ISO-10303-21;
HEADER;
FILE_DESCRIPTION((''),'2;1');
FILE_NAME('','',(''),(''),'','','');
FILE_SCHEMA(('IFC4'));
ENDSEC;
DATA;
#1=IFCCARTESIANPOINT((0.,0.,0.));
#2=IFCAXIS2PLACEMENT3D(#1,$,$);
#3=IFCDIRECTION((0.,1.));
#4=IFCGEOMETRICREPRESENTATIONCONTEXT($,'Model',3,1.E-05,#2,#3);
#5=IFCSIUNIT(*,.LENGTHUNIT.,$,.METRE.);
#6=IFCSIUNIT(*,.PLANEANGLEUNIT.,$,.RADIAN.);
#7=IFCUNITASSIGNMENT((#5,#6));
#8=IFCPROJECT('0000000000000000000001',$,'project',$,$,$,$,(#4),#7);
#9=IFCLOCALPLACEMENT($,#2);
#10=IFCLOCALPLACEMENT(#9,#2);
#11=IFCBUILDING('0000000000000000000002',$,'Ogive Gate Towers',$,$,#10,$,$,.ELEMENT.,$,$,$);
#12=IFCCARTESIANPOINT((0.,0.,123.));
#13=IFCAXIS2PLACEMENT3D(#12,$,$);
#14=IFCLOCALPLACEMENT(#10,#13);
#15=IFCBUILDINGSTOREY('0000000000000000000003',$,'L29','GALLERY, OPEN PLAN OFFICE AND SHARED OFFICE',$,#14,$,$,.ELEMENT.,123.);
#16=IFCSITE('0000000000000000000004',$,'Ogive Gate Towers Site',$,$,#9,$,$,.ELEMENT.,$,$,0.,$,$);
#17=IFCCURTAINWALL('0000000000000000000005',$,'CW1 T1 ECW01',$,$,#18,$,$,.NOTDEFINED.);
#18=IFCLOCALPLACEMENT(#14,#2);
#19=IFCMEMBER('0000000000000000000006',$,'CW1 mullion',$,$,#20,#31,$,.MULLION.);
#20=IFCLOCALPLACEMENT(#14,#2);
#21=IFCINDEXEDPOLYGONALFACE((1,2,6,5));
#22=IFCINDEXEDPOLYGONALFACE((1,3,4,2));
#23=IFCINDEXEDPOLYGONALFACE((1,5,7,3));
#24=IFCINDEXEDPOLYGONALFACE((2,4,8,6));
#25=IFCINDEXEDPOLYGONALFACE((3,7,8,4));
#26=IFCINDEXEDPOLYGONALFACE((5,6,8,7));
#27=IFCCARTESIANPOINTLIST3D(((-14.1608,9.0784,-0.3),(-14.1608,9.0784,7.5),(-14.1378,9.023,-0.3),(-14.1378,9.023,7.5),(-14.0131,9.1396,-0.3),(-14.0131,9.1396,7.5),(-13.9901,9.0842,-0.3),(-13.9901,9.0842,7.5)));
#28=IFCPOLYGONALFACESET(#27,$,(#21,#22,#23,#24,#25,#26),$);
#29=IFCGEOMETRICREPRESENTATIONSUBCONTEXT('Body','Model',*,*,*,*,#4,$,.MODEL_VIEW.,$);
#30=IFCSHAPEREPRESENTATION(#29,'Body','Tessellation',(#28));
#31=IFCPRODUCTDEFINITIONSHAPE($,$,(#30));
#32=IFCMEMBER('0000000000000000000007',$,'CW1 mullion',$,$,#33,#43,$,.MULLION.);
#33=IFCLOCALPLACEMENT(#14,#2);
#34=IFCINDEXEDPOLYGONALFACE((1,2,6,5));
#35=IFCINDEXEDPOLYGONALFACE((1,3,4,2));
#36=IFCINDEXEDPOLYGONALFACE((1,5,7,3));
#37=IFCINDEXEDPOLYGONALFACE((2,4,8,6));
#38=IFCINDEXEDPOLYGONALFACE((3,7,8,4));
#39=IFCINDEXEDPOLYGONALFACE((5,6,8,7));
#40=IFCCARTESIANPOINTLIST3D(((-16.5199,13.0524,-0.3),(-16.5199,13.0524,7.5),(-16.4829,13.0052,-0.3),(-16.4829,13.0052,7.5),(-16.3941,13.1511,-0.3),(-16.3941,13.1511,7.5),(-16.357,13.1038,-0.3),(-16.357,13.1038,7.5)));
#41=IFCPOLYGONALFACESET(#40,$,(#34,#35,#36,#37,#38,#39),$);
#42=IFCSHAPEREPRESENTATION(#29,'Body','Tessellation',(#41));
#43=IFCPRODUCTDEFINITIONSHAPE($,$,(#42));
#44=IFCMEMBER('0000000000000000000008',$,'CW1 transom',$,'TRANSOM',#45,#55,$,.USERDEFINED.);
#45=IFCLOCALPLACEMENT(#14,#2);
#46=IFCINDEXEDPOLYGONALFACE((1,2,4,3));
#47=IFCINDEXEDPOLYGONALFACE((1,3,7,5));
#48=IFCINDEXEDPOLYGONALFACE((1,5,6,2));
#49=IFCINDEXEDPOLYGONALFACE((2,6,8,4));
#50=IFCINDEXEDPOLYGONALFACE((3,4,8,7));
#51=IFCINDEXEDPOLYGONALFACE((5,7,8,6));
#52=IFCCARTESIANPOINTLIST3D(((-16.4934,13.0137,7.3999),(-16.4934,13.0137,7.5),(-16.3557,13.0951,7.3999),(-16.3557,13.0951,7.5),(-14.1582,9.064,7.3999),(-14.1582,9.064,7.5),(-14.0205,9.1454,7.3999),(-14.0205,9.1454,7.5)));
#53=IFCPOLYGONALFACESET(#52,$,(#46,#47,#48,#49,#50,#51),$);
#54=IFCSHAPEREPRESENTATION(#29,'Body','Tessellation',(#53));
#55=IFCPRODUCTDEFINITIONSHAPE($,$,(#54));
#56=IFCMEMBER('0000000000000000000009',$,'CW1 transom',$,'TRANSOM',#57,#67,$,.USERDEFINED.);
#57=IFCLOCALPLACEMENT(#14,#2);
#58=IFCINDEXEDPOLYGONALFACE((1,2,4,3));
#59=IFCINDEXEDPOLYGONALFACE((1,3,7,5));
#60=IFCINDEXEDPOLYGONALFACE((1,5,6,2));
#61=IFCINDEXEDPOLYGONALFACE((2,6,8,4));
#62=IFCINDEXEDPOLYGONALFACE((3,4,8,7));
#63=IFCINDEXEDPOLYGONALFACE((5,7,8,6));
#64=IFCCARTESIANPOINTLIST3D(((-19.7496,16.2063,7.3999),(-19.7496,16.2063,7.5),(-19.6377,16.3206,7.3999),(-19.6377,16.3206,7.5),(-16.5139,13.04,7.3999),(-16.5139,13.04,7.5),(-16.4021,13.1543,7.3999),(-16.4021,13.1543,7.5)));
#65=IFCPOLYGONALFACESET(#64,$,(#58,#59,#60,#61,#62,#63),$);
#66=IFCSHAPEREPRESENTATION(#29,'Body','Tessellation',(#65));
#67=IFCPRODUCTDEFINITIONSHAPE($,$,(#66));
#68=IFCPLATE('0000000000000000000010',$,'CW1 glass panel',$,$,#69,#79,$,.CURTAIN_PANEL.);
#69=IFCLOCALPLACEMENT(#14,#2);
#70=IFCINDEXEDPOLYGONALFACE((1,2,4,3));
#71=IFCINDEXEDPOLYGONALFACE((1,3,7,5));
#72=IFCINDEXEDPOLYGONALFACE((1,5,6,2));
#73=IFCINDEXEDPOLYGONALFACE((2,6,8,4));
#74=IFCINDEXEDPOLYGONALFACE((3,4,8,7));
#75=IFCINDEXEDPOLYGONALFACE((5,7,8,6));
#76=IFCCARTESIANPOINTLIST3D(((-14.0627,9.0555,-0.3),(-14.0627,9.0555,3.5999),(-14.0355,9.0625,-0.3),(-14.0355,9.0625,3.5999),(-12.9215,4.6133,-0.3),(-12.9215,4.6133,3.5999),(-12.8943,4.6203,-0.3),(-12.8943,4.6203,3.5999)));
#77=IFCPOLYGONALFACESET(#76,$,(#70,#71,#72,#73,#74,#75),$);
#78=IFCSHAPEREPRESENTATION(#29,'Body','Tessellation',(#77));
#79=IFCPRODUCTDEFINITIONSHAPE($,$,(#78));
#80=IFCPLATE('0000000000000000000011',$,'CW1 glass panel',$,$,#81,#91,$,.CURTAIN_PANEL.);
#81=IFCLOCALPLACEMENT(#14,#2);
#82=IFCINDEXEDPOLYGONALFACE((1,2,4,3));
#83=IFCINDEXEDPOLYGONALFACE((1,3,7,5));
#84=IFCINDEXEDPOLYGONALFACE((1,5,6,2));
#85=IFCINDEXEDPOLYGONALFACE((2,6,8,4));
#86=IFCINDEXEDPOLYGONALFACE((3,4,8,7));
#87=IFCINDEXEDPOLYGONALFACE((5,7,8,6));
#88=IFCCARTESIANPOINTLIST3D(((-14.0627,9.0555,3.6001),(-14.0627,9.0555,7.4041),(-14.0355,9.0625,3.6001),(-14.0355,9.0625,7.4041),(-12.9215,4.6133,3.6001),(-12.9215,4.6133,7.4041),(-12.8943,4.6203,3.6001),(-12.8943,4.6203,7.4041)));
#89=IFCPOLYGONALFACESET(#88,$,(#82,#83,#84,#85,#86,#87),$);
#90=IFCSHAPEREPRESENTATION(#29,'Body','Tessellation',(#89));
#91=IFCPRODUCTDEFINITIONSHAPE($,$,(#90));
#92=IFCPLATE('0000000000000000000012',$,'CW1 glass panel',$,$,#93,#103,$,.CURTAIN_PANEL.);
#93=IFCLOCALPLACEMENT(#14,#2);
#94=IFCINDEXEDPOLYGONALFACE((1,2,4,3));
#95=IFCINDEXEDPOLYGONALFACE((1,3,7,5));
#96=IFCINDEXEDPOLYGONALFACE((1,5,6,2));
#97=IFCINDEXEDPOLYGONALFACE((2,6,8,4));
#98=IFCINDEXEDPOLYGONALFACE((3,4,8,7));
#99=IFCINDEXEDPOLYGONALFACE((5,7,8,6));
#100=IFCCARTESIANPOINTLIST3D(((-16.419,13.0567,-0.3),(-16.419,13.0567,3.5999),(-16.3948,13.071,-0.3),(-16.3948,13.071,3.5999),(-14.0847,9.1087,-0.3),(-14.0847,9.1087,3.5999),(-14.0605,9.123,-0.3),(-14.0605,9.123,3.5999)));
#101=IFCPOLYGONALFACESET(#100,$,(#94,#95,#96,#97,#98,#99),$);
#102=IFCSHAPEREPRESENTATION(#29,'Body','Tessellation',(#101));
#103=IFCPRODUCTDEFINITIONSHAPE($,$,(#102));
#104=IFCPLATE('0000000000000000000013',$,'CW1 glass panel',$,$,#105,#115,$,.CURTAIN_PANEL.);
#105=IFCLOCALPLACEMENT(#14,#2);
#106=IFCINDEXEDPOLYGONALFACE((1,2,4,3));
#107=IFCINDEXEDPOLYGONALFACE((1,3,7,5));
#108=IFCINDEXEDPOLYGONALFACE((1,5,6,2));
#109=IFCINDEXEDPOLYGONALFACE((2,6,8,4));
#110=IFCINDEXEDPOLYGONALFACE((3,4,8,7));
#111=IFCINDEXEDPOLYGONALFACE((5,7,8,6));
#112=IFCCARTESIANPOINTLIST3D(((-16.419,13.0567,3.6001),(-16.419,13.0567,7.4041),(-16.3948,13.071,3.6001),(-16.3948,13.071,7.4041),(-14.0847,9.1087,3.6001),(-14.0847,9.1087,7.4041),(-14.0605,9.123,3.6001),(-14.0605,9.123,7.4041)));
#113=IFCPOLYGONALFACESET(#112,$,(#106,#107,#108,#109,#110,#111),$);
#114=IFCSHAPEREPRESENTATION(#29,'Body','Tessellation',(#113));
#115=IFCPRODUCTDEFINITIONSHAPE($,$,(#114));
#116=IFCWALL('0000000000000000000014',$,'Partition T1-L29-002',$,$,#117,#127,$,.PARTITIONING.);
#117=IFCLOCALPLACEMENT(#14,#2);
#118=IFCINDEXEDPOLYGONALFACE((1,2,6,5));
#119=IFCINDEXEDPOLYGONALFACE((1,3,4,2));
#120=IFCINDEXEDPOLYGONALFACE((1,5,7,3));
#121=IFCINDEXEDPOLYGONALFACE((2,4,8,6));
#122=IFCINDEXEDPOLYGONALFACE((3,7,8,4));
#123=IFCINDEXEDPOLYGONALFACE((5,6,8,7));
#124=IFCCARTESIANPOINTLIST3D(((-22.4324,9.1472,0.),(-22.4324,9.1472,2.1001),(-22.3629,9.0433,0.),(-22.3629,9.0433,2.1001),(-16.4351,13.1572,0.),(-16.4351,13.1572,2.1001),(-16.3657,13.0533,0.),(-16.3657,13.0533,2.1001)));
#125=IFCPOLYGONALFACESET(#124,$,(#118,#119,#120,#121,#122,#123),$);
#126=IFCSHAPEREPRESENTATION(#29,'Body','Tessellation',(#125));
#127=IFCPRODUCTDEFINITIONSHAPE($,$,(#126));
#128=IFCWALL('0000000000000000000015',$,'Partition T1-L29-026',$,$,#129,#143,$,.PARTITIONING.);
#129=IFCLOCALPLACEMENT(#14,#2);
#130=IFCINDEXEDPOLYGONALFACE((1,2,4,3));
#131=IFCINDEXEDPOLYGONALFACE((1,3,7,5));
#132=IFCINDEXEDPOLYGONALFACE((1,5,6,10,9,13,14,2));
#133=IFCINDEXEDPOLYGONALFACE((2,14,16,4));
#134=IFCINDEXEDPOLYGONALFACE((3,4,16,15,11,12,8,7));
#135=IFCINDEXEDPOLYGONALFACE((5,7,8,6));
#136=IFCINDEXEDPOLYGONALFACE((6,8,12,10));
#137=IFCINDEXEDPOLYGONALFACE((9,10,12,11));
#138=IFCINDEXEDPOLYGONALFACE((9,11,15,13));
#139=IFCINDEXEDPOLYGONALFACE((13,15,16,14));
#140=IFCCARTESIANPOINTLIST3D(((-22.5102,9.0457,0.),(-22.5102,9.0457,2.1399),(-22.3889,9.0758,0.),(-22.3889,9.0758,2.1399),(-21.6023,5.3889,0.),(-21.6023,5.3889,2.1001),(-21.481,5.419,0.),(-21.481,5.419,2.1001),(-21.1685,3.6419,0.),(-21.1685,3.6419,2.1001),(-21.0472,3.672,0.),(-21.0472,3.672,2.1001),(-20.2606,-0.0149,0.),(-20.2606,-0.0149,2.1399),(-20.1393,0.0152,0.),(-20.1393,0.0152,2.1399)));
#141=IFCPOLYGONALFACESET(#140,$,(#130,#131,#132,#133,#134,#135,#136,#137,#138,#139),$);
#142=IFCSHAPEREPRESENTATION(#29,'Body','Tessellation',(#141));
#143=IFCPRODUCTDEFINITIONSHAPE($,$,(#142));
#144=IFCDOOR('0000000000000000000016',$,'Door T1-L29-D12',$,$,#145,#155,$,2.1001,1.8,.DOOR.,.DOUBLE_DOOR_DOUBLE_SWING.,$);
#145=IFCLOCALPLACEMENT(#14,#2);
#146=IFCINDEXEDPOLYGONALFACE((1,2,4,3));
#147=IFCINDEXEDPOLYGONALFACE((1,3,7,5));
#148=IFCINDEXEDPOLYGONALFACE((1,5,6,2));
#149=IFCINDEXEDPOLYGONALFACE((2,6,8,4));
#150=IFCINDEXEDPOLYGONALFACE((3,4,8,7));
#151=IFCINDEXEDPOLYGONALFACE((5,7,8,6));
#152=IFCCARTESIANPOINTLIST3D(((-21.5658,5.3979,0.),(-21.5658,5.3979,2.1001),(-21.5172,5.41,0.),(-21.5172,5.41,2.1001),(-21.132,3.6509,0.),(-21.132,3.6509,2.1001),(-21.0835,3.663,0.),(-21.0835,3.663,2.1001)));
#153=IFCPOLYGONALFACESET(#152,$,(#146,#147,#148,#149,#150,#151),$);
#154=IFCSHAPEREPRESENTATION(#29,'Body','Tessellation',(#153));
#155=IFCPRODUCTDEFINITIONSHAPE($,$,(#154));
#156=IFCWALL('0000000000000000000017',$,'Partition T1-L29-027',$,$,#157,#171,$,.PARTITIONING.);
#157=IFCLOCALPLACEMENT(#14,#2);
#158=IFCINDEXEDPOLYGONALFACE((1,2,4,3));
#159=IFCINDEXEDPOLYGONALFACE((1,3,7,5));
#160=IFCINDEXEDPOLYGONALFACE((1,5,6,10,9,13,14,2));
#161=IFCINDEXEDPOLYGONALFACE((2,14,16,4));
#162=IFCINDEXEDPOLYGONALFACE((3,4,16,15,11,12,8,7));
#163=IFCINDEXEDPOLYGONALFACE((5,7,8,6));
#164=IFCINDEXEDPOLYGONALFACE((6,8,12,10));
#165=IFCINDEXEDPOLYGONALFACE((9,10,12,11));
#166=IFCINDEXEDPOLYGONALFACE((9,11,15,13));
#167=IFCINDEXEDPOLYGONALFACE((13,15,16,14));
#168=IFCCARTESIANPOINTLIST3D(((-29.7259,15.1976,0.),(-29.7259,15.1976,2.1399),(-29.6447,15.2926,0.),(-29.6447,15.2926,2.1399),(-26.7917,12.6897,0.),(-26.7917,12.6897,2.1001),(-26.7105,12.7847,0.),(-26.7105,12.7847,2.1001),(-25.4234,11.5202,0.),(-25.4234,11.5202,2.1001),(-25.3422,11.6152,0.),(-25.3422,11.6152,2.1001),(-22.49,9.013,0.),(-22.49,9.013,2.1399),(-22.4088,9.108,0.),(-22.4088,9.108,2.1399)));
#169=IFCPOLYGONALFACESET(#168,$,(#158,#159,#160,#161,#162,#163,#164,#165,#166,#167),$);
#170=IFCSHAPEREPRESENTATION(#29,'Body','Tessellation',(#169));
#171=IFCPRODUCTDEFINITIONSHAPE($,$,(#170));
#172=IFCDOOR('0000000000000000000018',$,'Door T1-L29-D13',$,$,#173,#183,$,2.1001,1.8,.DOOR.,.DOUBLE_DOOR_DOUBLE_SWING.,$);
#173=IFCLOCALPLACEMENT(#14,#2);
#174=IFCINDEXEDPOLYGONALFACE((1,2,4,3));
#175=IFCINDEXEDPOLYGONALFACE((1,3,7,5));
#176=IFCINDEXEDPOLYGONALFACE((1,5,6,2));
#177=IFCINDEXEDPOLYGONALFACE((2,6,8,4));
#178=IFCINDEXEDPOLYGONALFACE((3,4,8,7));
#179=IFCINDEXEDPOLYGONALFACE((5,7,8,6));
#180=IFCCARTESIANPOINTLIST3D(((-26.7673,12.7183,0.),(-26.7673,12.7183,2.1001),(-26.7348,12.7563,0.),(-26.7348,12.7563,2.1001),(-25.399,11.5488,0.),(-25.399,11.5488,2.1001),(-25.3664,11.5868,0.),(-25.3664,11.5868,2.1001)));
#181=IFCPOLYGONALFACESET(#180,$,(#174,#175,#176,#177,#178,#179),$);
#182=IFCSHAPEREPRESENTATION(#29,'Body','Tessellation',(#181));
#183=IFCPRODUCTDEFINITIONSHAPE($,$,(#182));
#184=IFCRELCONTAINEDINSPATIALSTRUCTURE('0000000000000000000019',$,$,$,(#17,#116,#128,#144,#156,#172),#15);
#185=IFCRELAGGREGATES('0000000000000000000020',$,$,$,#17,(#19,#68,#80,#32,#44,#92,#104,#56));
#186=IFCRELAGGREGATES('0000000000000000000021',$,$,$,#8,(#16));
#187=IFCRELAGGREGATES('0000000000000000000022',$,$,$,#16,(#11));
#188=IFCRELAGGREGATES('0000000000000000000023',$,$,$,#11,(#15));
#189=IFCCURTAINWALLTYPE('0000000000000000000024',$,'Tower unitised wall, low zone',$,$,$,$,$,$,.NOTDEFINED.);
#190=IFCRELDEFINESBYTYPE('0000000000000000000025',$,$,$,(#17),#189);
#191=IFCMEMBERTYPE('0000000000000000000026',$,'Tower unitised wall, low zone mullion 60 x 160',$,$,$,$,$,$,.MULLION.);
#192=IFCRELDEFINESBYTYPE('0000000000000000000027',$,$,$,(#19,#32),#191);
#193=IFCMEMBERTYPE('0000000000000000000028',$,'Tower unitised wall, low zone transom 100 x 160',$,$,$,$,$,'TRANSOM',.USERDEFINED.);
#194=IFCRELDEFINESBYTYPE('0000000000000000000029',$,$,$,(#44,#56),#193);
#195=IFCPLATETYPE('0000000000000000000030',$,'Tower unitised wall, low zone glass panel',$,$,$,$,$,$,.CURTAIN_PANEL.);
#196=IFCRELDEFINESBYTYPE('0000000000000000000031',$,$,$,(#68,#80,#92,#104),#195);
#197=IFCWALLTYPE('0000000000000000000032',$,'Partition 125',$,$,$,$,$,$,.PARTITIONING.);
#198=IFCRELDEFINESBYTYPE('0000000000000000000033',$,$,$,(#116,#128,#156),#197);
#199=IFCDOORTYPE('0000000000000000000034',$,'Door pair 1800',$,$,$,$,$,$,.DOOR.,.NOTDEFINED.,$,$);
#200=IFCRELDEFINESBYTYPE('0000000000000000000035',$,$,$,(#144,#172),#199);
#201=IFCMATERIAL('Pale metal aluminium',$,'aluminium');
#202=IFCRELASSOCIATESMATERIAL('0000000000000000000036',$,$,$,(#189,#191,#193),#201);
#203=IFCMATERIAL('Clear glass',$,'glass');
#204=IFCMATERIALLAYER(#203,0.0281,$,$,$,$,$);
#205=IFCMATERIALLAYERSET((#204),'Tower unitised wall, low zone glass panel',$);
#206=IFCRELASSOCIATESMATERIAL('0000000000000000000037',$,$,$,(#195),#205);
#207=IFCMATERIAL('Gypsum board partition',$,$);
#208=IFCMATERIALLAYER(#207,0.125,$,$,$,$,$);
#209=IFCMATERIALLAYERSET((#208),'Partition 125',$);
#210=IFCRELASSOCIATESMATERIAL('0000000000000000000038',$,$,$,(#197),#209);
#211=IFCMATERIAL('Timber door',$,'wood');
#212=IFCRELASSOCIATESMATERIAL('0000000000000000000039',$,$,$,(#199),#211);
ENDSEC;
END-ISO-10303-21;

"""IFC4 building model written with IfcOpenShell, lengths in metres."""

from ifc_helpers import new_model, si_unit, direction, frame, frame_2d, origin, origin_2d, place, context, subcontext, project, spatial, rectangle, extrude, material, layer, layer_set, material_profile, profile_set, type_object, element, fill, aggregate, save


model = new_model("IFC4")

# Units and contexts
model_context = context("Model", 3, precision=1e-05, world=origin(), true_north=direction((0.0, 1.0)))
body_context = subcontext(model_context, "Body", "Model", "MODEL_VIEW")
ifc_project = project(units=[si_unit("LENGTHUNIT", "METRE"), si_unit("PLANEANGLEUNIT", "RADIAN")], contexts=[model_context])

# Site, building, storey
site_placement = place(None, origin())
site = spatial("IfcSite", under=ifc_project, at=site_placement, Name="Ogive Gate Towers Site", CompositionType="ELEMENT", RefElevation=0.0)
building_placement = place(site_placement, origin())
building = spatial("IfcBuilding", under=site, at=building_placement, Name="Ogive Gate Towers", CompositionType="ELEMENT")
storey_placement = place(building_placement, frame((0.0, 0.0, 123.0)))
storey = spatial("IfcBuildingStorey", under=building, at=storey_placement, Name="L29", Description="GALLERY, OPEN PLAN OFFICE AND SHARED OFFICE", CompositionType="ELEMENT", Elevation=123.0)

# Curtain wall, members, plates
ifc_material_1 = material(Name="Pale metal aluminium", Category="aluminium")
curtain_wall_type = type_object("IfcCurtainWallType", Name="Tower unitised wall, low zone", PredefinedType="NOTDEFINED", material=ifc_material_1)
curtain_wall_placement = place(storey_placement, origin())
curtain_wall = element("IfcCurtainWall", 1, at=curtain_wall_placement, inside=storey, type_object=curtain_wall_type, Name="CW1 T1 ECW01", PredefinedType="NOTDEFINED")
ifc_material_profile_1 = material_profile(ifc_material_1, rectangle(XDim=0.1599, YDim=0.0601, at=origin_2d()), Name="60 x 160 aluminium box")
ifc_profile_set_1 = profile_set([ifc_material_profile_1], Name="Pale metal aluminium")
member_type_1 = type_object("IfcMemberType", Name="Tower unitised wall, low zone mullion 60 x 160", PredefinedType="MULLION", material=ifc_profile_set_1)
member_1_placement = place(storey_placement, frame((-14.0754, 9.0813, -0.3), z_axis=(0.0, 0.0, 1.0), x_axis=(0.92388, 0.382683, 0.0)))
member_1 = element("IfcMember", 2, at=member_1_placement, type_object=member_type_1, Name="CW1 mullion", PredefinedType="MULLION", context=body_context, shape_type="SweptSolid", body=[
    extrude(rectangle(XDim=0.1599, YDim=0.0601, at=origin_2d()), origin(), (0.0, 0.0, 1.0), 7.8),
])
member_2_placement = place(storey_placement, frame((-16.4385, 13.0781, -0.3), z_axis=(0.0, 0.0, 1.0), x_axis=(0.78686, 0.617132, 0.0)))
member_2 = element("IfcMember", 3, at=member_2_placement, type_object=member_type_1, Name="CW1 mullion", PredefinedType="MULLION", context=body_context, shape_type="SweptSolid", body=[
    extrude(rectangle(XDim=0.1599, YDim=0.0601, at=origin_2d()), origin(), (0.0, 0.0, 1.0), 7.8),
])
ifc_material_profile_2 = material_profile(ifc_material_1, rectangle(XDim=0.1599, YDim=0.1001, at=origin_2d()), Name="100 x 160 aluminium box")
ifc_profile_set_2 = profile_set([ifc_material_profile_2], Name="Pale metal aluminium")
member_type_2 = type_object("IfcMemberType", Name="Tower unitised wall, low zone transom 100 x 160", ElementType="TRANSOM", PredefinedType="USERDEFINED", material=ifc_profile_set_2)
member_3_placement = place(storey_placement, frame((-14.0894, 9.1047, 7.45), z_axis=(-0.508937, 0.860804, 0.0), x_axis=(-0.860804, -0.508937, 0.0)))
member_3 = element("IfcMember", 4, at=member_3_placement, type_object=member_type_2, Name="CW1 transom", ObjectType="TRANSOM", PredefinedType="USERDEFINED", context=body_context, shape_type="SweptSolid", body=[
    extrude(rectangle(XDim=0.1599, YDim=0.1001, at=origin_2d()), origin(), (0.0, 0.0, 1.0), 4.5884),
])
member_4_placement = place(storey_placement, frame((-16.458, 13.0972, 7.45), z_axis=(-0.714723, 0.699407, 0.0), x_axis=(-0.699407, -0.714723, 0.0)))
member_4 = element("IfcMember", 5, at=member_4_placement, type_object=member_type_2, Name="CW1 transom", ObjectType="TRANSOM", PredefinedType="USERDEFINED", context=body_context, shape_type="SweptSolid", body=[
    extrude(rectangle(XDim=0.1599, YDim=0.1001, at=origin_2d()), origin(), (0.0, 0.0, 1.0), 4.5271),
])
ifc_material_2 = material(Name="Clear glass", Category="glass")
ifc_layer_1 = layer(ifc_material_2, 0.0281)
ifc_layer_set_1 = layer_set([ifc_layer_1], Name="Tower unitised wall, low zone glass panel")
plate_type = type_object("IfcPlateType", Name="Tower unitised wall, low zone glass panel", PredefinedType="CURTAIN_PANEL", material=ifc_layer_set_1)
plate_1_placement = place(storey_placement, frame((-13.4785, 6.8379, -0.3), z_axis=(0.0, 0.0, 1.0), x_axis=(-0.248808, 0.968553, 0.0)))
plate_1 = element("IfcPlate", 6, at=plate_1_placement, type_object=plate_type, Name="CW1 glass panel", PredefinedType="CURTAIN_PANEL", context=body_context, shape_type="SweptSolid", body=[
    extrude(rectangle(XDim=4.5864, YDim=0.0281, at=origin_2d()), origin(), (0.0, 0.0, 1.0), 3.8999),
])
plate_2_placement = place(storey_placement, frame((-13.4785, 6.8379, 3.6001), z_axis=(0.0, 0.0, 1.0), x_axis=(-0.248808, 0.968553, 0.0)))
plate_2 = element("IfcPlate", 7, at=plate_2_placement, type_object=plate_type, Name="CW1 glass panel", PredefinedType="CURTAIN_PANEL", context=body_context, shape_type="SweptSolid", body=[
    extrude(rectangle(XDim=4.5864, YDim=0.0281, at=origin_2d()), origin(), (0.0, 0.0, 1.0), 3.804),
])
plate_3_placement = place(storey_placement, frame((-15.2397, 11.0898, -0.3), z_axis=(0.0, 0.0, 1.0), x_axis=(-0.508951, 0.860795, 0.0)))
plate_3 = element("IfcPlate", 8, at=plate_3_placement, type_object=plate_type, Name="CW1 glass panel", PredefinedType="CURTAIN_PANEL", context=body_context, shape_type="SweptSolid", body=[
    extrude(rectangle(XDim=4.5864, YDim=0.0281, at=origin_2d()), origin(), (0.0, 0.0, 1.0), 3.8999),
])
plate_4_placement = place(storey_placement, frame((-15.2397, 11.0898, 3.6001), z_axis=(0.0, 0.0, 1.0), x_axis=(-0.508951, 0.860795, 0.0)))
plate_4 = element("IfcPlate", 9, at=plate_4_placement, type_object=plate_type, Name="CW1 glass panel", PredefinedType="CURTAIN_PANEL", context=body_context, shape_type="SweptSolid", body=[
    extrude(rectangle(XDim=4.5864, YDim=0.0281, at=origin_2d()), origin(), (0.0, 0.0, 1.0), 3.804),
])
aggregate(curtain_wall, [member_1, plate_1, plate_2, member_2, member_3, plate_3, plate_4, member_4])

# Wall
ifc_material_3 = material(Name="Gypsum board partition")
ifc_layer_2 = layer(ifc_material_3, 0.125)
ifc_layer_set_2 = layer_set([ifc_layer_2], Name="Partition 125")
wall_type_1 = type_object("IfcWallType", Name="Partition 125", PredefinedType="PARTITIONING", material=ifc_layer_set_2)
wall_1_placement = place(storey_placement, frame((-16.4004, 13.1052, 0.0), z_axis=(0.0, 0.0, 1.0), x_axis=(-0.831295, -0.555832, 0.0)))
element("IfcWall", 10, at=wall_1_placement, inside=storey, type_object=wall_type_1, Name="Partition T1-L29-002", PredefinedType="PARTITIONING", context=body_context, shape_type="SweptSolid", body=[
    extrude(rectangle(XDim=7.2144, YDim=0.125, at=frame_2d((3.6072, 0.0))), origin(), (0.0, 0.0, 1.0), 2.1001),
])

# Walls, openings, doors
wall_2_placement = place(storey_placement, frame((-20.2, 0.0, 0.0), z_axis=(0.0, 0.0, 1.0), x_axis=(-0.24096, 0.970535, 0.0)))
wall_2 = element("IfcWall", 11, at=wall_2_placement, inside=storey, type_object=wall_type_1, Name="Partition T1-L29-026", PredefinedType="PARTITIONING", context=body_context, shape_type="SweptSolid", body=[
    extrude(rectangle(XDim=9.3357, YDim=0.125, at=frame_2d((4.668, 0.0))), origin(), (0.0, 0.0, 1.0), 2.1399),
])
opening_1_placement = place(wall_2_placement, frame((3.7681, 0.0, 0.0)))
opening_1 = element("IfcOpeningElement", 12, at=opening_1_placement, cuts=wall_2, PredefinedType="OPENING", context=body_context, shape_type="SweptSolid", body=[
    extrude(rectangle(XDim=1.8, YDim=2.1001, at=frame_2d((0.8999, 1.05))), frame((0.0, 0.0725, 0.0), z_axis=(0.0, -1.0, 0.0), x_axis=(1.0, 0.0, 0.0)), (0.0, 0.0, 1.0), 0.145),
])
ifc_material_4 = material(Name="Timber door", Category="wood")
door_type = type_object("IfcDoorType", Name="Door pair 1800", OperationType="NOTDEFINED", PredefinedType="DOOR", material=ifc_material_4)
door_1_placement = place(opening_1_placement, origin())
door_1 = element("IfcDoor", 13, at=door_1_placement, inside=storey, type_object=door_type, Name="Door T1-L29-D12", OperationType="DOUBLE_DOOR_DOUBLE_SWING", OverallHeight=2.1001, OverallWidth=1.8, PredefinedType="DOOR", context=body_context, shape_type="SweptSolid", body=[
    extrude(rectangle(XDim=1.8, YDim=2.1001, at=frame_2d((0.8999, 1.05))), frame((0.0, 0.0249, 0.0), z_axis=(0.0, -1.0, 0.0), x_axis=(1.0, 0.0, 0.0)), (0.0, 0.0, 1.0), 0.05),
])
fill(opening_1, door_1)
wall_3_placement = place(storey_placement, frame((-22.4495, 9.0605, 0.0), z_axis=(0.0, 0.0, 1.0), x_axis=(-0.760168, 0.649726, 0.0)))
wall_3 = element("IfcWall", 14, at=wall_3_placement, inside=storey, type_object=wall_type_1, Name="Partition T1-L29-027", PredefinedType="PARTITIONING", context=body_context, shape_type="SweptSolid", body=[
    extrude(rectangle(XDim=9.5188, YDim=0.125, at=frame_2d((4.7593, 0.0))), origin(), (0.0, 0.0, 1.0), 2.1399),
])
opening_2_placement = place(wall_3_placement, frame((3.8589, 0.0, 0.0)))
opening_2 = element("IfcOpeningElement", 15, at=opening_2_placement, cuts=wall_3, PredefinedType="OPENING", context=body_context, shape_type="SweptSolid", body=[
    extrude(rectangle(XDim=1.8, YDim=2.1001, at=frame_2d((0.8999, 1.05))), frame((0.0, 0.0725, 0.0), z_axis=(0.0, -1.0, 0.0), x_axis=(1.0, 0.0, 0.0)), (0.0, 0.0, 1.0), 0.145),
])
door_2_placement = place(opening_2_placement, origin())
door_2 = element("IfcDoor", 16, at=door_2_placement, inside=storey, type_object=door_type, Name="Door T1-L29-D13", OperationType="DOUBLE_DOOR_DOUBLE_SWING", OverallHeight=2.1001, OverallWidth=1.8, PredefinedType="DOOR", context=body_context, shape_type="SweptSolid", body=[
    extrude(rectangle(XDim=1.8, YDim=2.1001, at=frame_2d((0.8999, 1.05))), frame((0.0, 0.0249, 0.0), z_axis=(0.0, -1.0, 0.0), x_axis=(1.0, 0.0, 0.0)), (0.0, 0.0, 1.0), 0.05),
])
fill(opening_2, door_2)

save(model, "model.ifc")
